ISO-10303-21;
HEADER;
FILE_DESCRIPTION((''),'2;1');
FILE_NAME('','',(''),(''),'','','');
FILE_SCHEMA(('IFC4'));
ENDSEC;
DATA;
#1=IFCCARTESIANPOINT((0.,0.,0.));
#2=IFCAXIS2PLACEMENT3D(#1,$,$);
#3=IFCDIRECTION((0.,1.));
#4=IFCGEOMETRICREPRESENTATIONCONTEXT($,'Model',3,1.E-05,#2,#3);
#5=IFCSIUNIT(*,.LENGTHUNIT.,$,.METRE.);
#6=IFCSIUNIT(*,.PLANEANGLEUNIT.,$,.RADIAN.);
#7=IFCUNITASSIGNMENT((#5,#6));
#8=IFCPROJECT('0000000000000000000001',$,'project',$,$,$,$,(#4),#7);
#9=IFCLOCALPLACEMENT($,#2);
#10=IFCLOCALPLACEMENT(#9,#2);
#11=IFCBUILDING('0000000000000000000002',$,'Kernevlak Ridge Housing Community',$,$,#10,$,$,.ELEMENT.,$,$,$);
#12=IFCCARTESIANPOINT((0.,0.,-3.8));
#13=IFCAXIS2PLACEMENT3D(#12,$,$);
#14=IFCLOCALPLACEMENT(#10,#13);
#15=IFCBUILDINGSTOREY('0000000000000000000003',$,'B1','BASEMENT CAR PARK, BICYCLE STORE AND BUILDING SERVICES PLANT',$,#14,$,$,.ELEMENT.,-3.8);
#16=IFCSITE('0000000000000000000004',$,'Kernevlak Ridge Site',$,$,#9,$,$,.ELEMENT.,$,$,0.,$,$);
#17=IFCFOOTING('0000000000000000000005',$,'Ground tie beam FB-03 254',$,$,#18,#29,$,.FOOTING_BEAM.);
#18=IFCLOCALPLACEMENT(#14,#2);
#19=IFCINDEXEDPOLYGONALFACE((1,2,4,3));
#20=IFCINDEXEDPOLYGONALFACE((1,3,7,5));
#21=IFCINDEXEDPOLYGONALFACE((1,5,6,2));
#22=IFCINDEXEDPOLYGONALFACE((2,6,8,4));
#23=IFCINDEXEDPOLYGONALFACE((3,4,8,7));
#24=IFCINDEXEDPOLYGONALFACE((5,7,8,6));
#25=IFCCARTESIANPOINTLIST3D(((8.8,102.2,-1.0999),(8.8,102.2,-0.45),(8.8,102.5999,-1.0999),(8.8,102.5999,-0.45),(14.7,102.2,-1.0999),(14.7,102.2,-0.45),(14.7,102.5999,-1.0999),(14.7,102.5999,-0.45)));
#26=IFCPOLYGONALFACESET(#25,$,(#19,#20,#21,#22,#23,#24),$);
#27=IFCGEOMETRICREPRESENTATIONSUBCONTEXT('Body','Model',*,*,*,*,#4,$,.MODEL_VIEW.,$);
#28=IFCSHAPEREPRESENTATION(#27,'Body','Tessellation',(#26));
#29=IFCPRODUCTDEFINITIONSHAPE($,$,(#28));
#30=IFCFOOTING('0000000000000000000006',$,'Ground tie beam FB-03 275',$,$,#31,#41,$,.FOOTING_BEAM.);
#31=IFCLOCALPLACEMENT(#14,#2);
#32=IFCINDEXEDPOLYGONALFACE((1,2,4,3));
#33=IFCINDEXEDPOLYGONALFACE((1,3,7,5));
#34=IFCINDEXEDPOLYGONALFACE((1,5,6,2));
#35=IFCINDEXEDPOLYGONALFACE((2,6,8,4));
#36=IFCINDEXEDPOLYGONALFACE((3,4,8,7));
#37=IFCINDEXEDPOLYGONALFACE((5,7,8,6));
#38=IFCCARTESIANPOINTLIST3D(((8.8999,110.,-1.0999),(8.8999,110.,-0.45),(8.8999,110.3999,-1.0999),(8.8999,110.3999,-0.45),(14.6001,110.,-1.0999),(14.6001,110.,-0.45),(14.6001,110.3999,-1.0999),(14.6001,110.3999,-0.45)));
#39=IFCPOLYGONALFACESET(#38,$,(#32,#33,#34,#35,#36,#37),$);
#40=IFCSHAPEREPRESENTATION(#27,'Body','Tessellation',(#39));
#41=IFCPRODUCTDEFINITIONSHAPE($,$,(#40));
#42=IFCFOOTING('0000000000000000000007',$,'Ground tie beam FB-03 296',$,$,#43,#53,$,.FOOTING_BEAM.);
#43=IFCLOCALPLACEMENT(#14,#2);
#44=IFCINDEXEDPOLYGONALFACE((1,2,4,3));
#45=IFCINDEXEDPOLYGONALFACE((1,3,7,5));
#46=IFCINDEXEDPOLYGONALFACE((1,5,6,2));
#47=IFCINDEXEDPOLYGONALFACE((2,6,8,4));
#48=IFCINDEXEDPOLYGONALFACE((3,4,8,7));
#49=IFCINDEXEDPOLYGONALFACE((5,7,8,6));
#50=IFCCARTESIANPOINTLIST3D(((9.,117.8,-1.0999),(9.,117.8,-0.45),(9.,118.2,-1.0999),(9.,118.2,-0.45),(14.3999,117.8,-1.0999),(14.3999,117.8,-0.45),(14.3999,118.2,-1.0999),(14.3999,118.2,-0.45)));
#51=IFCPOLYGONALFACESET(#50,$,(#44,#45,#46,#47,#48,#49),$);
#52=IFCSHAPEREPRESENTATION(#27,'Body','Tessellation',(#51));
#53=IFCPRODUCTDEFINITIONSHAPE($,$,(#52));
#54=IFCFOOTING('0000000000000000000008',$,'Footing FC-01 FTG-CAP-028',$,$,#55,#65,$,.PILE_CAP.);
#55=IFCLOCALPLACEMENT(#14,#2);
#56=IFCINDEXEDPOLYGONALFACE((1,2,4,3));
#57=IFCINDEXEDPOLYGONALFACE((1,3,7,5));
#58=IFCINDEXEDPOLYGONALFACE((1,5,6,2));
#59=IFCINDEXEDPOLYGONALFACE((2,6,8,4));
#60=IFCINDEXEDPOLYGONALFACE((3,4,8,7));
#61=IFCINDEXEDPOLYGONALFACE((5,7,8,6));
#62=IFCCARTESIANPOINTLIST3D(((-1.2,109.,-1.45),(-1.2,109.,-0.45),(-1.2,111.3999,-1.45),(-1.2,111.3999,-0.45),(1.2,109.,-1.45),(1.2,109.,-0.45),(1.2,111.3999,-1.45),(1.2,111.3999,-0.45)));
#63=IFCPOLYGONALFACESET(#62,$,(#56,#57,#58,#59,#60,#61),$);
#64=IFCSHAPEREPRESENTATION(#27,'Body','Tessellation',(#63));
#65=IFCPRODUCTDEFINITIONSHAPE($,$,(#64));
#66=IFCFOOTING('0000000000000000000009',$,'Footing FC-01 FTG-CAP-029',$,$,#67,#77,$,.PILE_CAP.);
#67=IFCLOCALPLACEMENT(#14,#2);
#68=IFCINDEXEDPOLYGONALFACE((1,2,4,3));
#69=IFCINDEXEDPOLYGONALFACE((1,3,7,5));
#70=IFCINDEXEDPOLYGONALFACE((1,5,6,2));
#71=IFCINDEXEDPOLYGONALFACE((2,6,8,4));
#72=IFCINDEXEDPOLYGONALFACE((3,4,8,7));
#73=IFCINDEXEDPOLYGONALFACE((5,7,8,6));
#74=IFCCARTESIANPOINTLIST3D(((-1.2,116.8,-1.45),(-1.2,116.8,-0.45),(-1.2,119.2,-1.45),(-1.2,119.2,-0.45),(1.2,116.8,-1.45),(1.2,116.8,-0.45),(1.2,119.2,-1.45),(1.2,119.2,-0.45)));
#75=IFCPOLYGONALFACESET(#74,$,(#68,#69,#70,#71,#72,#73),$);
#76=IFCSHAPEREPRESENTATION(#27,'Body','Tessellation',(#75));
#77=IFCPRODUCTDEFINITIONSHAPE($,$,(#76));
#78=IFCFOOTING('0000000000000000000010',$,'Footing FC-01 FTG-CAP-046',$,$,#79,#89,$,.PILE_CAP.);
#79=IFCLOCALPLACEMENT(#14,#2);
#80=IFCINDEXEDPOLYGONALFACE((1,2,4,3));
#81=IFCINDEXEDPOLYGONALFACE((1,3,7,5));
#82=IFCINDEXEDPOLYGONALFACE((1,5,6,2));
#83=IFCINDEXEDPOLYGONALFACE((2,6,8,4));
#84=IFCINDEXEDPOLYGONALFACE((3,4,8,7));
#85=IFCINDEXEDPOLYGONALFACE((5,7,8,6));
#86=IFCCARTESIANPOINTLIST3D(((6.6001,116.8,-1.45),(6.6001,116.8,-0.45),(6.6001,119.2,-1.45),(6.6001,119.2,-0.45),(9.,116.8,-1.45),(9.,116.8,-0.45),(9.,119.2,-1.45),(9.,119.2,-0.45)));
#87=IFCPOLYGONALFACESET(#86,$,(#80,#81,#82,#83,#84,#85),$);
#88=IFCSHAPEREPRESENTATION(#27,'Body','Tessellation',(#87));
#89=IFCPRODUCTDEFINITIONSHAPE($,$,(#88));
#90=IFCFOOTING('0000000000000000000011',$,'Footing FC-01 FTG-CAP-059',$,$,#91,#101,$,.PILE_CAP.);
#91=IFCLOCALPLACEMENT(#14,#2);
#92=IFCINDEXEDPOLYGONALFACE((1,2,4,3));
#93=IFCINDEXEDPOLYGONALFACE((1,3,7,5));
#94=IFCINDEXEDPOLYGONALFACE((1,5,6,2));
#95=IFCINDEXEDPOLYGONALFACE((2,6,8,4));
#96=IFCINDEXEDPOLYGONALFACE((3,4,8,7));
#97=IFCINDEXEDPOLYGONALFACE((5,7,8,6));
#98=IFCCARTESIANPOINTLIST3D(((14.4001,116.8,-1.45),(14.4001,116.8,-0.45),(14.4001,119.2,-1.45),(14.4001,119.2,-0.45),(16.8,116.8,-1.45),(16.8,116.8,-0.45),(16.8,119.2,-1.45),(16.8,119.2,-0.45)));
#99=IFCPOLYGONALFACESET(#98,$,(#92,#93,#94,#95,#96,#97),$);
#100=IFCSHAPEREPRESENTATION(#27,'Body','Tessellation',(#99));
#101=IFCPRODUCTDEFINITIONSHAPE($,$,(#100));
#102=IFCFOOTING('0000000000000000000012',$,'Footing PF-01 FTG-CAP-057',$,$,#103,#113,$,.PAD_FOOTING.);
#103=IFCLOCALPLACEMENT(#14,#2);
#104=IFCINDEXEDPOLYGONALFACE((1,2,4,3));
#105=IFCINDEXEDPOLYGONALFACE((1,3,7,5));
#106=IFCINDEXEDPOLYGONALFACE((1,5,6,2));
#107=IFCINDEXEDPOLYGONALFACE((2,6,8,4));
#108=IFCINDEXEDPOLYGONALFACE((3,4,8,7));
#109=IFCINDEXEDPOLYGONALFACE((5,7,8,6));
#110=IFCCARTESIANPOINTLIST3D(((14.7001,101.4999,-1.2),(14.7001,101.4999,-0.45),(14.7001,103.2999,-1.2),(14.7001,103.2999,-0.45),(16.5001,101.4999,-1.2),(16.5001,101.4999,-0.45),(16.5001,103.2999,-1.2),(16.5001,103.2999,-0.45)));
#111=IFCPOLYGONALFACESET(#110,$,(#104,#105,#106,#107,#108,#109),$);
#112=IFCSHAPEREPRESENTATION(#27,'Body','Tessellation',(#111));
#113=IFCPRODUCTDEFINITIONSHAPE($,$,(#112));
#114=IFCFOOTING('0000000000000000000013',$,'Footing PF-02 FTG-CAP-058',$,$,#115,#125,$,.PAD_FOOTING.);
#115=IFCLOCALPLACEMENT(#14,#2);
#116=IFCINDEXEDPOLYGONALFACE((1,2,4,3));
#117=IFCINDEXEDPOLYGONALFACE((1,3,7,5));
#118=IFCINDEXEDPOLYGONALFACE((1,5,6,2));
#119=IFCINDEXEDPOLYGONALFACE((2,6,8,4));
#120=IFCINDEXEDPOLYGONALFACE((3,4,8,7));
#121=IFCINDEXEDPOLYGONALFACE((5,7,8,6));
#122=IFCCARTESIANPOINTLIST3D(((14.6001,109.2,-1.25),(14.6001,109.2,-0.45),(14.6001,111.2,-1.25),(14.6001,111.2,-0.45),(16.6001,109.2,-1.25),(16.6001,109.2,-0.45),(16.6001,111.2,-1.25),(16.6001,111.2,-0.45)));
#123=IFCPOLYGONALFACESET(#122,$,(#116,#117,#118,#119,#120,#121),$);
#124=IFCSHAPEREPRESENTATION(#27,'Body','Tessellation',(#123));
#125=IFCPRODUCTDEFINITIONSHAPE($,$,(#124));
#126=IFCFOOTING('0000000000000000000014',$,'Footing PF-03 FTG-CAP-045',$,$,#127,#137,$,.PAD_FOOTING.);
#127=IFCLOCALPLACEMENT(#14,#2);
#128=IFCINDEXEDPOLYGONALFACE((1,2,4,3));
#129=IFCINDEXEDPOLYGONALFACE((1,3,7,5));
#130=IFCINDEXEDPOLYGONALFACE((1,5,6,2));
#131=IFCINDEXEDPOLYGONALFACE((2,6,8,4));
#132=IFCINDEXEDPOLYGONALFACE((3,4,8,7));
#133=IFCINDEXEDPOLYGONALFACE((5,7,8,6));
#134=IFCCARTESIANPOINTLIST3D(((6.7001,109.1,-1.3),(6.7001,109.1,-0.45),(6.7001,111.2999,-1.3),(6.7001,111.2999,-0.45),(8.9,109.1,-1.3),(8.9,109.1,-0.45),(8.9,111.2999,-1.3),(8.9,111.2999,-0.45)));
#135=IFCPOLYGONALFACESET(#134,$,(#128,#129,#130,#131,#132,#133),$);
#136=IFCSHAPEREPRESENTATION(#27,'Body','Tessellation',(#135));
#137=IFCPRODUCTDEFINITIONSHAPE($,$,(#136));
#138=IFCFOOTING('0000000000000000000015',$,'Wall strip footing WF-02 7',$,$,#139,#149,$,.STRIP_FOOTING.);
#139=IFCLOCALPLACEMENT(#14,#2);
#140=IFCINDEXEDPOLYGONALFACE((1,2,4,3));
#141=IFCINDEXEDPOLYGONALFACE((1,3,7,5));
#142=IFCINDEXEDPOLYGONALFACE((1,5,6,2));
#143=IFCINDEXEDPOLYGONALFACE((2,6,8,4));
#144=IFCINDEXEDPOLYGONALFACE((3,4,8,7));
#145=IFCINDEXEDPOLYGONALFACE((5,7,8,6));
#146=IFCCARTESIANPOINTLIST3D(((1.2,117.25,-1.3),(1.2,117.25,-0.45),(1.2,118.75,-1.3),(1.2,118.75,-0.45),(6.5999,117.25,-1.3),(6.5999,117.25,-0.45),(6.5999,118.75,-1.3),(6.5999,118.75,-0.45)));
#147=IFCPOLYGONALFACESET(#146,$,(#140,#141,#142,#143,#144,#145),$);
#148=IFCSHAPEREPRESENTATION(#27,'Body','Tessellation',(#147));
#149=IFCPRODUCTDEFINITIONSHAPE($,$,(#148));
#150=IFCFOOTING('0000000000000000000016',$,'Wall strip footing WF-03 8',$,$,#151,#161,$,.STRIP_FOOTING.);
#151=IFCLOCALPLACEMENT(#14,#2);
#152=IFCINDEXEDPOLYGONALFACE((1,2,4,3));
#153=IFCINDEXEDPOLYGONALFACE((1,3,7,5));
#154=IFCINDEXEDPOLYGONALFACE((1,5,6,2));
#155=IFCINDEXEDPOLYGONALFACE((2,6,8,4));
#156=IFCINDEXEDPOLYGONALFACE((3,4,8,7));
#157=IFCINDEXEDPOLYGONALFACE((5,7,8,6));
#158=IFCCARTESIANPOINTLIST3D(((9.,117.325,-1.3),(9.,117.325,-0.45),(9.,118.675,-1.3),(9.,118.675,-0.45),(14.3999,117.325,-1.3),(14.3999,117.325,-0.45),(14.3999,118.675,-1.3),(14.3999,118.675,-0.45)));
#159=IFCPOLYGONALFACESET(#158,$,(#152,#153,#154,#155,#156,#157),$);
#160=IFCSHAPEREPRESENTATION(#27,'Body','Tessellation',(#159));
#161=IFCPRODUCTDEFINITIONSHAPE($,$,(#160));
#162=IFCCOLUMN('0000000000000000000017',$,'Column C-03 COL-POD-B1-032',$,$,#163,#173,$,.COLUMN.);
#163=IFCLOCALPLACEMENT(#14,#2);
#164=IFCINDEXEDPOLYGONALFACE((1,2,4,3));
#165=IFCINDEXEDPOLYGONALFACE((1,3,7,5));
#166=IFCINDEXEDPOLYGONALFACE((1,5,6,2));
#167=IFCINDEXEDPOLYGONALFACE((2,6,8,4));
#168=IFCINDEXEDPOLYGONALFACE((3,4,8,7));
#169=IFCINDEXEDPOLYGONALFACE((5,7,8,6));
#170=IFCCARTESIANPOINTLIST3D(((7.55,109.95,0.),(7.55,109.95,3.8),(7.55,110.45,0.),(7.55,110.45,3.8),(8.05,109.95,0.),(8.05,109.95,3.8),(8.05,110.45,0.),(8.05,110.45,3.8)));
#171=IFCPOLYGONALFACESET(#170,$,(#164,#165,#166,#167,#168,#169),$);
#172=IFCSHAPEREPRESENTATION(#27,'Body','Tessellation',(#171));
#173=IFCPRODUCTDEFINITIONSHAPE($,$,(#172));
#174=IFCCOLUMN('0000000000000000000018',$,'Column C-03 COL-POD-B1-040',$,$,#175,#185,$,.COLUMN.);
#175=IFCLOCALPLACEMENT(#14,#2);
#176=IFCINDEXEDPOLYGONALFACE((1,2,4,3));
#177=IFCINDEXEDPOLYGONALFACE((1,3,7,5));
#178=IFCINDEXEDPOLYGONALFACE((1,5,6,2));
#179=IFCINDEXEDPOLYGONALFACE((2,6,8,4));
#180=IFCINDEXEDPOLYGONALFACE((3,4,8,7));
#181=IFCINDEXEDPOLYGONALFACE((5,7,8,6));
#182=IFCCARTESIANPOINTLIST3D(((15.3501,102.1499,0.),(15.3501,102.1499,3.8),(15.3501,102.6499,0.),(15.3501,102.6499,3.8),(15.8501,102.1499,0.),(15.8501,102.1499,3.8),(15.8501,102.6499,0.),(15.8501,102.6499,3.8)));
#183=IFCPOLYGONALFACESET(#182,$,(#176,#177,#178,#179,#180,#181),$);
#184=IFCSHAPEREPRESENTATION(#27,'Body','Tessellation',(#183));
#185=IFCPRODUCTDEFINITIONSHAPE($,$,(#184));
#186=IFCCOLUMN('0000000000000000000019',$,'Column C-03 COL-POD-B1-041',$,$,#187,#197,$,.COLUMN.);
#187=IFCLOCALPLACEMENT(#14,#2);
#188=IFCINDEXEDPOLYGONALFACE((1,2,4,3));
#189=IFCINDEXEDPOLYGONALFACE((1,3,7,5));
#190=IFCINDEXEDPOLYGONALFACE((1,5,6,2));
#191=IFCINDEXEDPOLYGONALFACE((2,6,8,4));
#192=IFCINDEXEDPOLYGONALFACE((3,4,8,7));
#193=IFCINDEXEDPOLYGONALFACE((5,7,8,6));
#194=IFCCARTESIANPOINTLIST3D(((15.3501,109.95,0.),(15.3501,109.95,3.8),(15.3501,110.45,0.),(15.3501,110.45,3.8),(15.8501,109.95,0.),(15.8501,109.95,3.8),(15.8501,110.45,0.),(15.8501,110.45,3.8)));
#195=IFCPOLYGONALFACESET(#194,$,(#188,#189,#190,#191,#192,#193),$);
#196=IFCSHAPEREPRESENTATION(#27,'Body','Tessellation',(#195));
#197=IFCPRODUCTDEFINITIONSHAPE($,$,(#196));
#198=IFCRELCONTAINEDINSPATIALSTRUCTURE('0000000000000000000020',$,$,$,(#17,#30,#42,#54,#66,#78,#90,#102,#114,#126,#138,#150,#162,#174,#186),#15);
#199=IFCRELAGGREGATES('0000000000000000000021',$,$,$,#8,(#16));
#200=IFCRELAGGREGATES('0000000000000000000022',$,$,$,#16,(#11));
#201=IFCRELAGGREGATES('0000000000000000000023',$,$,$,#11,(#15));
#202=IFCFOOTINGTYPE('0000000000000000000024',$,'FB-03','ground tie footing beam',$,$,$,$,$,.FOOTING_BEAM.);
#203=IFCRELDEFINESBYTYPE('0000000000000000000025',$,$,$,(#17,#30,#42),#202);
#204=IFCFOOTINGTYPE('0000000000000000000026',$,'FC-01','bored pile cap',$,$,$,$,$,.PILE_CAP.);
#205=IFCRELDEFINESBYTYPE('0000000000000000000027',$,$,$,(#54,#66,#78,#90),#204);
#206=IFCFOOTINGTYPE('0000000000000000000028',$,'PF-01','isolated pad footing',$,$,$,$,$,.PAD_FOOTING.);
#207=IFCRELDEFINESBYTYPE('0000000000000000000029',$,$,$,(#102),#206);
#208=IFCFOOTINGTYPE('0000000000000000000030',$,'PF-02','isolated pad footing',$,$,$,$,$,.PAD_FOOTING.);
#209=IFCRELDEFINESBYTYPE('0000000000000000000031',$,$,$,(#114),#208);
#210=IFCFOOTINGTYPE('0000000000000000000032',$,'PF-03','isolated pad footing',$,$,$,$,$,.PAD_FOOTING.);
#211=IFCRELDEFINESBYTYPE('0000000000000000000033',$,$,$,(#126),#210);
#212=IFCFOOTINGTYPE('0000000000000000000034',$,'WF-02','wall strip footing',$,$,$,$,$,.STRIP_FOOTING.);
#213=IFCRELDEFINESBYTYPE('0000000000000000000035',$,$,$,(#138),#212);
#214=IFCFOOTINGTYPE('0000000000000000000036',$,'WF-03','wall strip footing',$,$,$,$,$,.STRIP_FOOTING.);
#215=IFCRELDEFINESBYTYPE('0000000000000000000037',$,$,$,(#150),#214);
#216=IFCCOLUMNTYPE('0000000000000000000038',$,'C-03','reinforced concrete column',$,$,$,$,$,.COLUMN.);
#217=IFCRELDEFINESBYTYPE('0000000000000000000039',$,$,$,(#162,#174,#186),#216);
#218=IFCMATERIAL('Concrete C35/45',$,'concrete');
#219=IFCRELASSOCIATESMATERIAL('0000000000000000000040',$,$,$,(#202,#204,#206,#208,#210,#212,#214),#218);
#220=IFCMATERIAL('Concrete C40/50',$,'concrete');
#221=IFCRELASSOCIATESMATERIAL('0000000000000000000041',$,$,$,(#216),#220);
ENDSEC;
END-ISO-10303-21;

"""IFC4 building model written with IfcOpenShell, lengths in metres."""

from ifc_helpers import new_model, si_unit, direction, frame, origin, origin_2d, place, context, subcontext, project, spatial, rectangle, extrude, material, material_profile, profile_set, type_object, element, save


model = new_model("IFC4")

# Units and contexts
model_context = context("Model", 3, precision=1e-05, world=origin(), true_north=direction((0.0, 1.0)))
body_context = subcontext(model_context, "Body", "Model", "MODEL_VIEW")
ifc_project = project(units=[si_unit("LENGTHUNIT", "METRE"), si_unit("PLANEANGLEUNIT", "RADIAN")], contexts=[model_context])

# Site, building, storey
site_placement = place(None, origin())
site = spatial("IfcSite", under=ifc_project, at=site_placement, Name="Kernevlak Ridge Site", CompositionType="ELEMENT", RefElevation=0.0)
building_placement = place(site_placement, origin())
building = spatial("IfcBuilding", under=site, at=building_placement, Name="Kernevlak Ridge Housing Community", CompositionType="ELEMENT")
storey_placement = place(building_placement, frame((0.0, 0.0, -3.8)))
storey = spatial("IfcBuildingStorey", under=building, at=storey_placement, Name="B1", Description="BASEMENT CAR PARK, BICYCLE STORE AND BUILDING SERVICES PLANT", CompositionType="ELEMENT", Elevation=-3.8)

# Shared definitions
ifc_material_1 = material(Name="Concrete C35/45", Category="concrete")

# Footings
ifc_material_profile_1 = material_profile(ifc_material_1, rectangle(XDim=0.3999, YDim=0.6499, at=origin_2d()), Name="RC 400x650")
ifc_profile_set_1 = profile_set([ifc_material_profile_1], Name="Concrete C35/45")
footing_type_1 = type_object("IfcFootingType", Name="FB-03", Description="ground tie footing beam", PredefinedType="FOOTING_BEAM", material=ifc_profile_set_1)
footing_1_placement = place(storey_placement, frame((8.8, 102.3999, -0.7749), z_axis=(1.0, 0.0, 0.0), x_axis=(0.0, 1.0, 0.0)))
element("IfcFooting", 1, at=footing_1_placement, inside=storey, type_object=footing_type_1, Name="Ground tie beam FB-03 254", PredefinedType="FOOTING_BEAM", context=body_context, shape_type="SweptSolid", body=[
    extrude(rectangle(XDim=0.3999, YDim=0.6499, at=origin_2d()), origin(), (0.0, 0.0, 1.0), 5.8999),
])
footing_2_placement = place(storey_placement, frame((8.8999, 110.2, -0.7749), z_axis=(1.0, 0.0, 0.0), x_axis=(0.0, 1.0, 0.0)))
element("IfcFooting", 2, at=footing_2_placement, inside=storey, type_object=footing_type_1, Name="Ground tie beam FB-03 275", PredefinedType="FOOTING_BEAM", context=body_context, shape_type="SweptSolid", body=[
    extrude(rectangle(XDim=0.3999, YDim=0.6499, at=origin_2d()), origin(), (0.0, 0.0, 1.0), 5.7002),
])
footing_3_placement = place(storey_placement, frame((9.0, 118.0, -0.7749), z_axis=(1.0, 0.0, 0.0), x_axis=(0.0, 1.0, 0.0)))
element("IfcFooting", 3, at=footing_3_placement, inside=storey, type_object=footing_type_1, Name="Ground tie beam FB-03 296", PredefinedType="FOOTING_BEAM", context=body_context, shape_type="SweptSolid", body=[
    extrude(rectangle(XDim=0.3999, YDim=0.6499, at=origin_2d()), origin(), (0.0, 0.0, 1.0), 5.3999),
])
footing_type_2 = type_object("IfcFootingType", Name="FC-01", Description="bored pile cap", PredefinedType="PILE_CAP", material=ifc_material_1)
for number, where, z_axis, x_axis, name in (
    (4, (0.0, 110.2, -1.45), (0.0, 0.0, 1.0), (1.0, 0.0, 0.0), "Footing FC-01 FTG-CAP-028"),
    (5, (0.0, 118.0, -1.45), (0.0, 0.0, 1.0), (1.0, 0.0, 0.0), "Footing FC-01 FTG-CAP-029"),
    (6, (7.8, 118.0, -1.45), (0.0, 0.0, 1.0), (1.0, 0.0, 0.0), "Footing FC-01 FTG-CAP-046"),
    (7, (15.6001, 118.0, -1.45), (0.0, 0.0, 1.0), (1.0, 0.0, 0.0), "Footing FC-01 FTG-CAP-059"),
):
    element("IfcFooting", number, at=place(storey_placement, frame(where, z_axis=z_axis, x_axis=x_axis)), inside=storey, type_object=footing_type_2, Name=name, PredefinedType="PILE_CAP", context=body_context, shape_type="SweptSolid", body=[
        extrude(rectangle(XDim=2.3999, YDim=2.3999, at=origin_2d()), origin(), (0.0, 0.0, 1.0), 1.0),
    ])
footing_type_3 = type_object("IfcFootingType", Name="PF-01", Description="isolated pad footing", PredefinedType="PAD_FOOTING", material=ifc_material_1)
footing_4_placement = place(storey_placement, frame((15.6001, 102.3999, -1.2), z_axis=(0.0, 0.0, 1.0), x_axis=(1.0, 0.0, 0.0)))
element("IfcFooting", 8, at=footing_4_placement, inside=storey, type_object=footing_type_3, Name="Footing PF-01 FTG-CAP-057", PredefinedType="PAD_FOOTING", context=body_context, shape_type="SweptSolid", body=[
    extrude(rectangle(XDim=1.8, YDim=1.8, at=origin_2d()), origin(), (0.0, 0.0, 1.0), 0.75),
])
footing_type_4 = type_object("IfcFootingType", Name="PF-02", Description="isolated pad footing", PredefinedType="PAD_FOOTING", material=ifc_material_1)
footing_5_placement = place(storey_placement, frame((15.6001, 110.2, -1.25), z_axis=(0.0, 0.0, 1.0), x_axis=(1.0, 0.0, 0.0)))
element("IfcFooting", 9, at=footing_5_placement, inside=storey, type_object=footing_type_4, Name="Footing PF-02 FTG-CAP-058", PredefinedType="PAD_FOOTING", context=body_context, shape_type="SweptSolid", body=[
    extrude(rectangle(XDim=2.0, YDim=2.0, at=origin_2d()), origin(), (0.0, 0.0, 1.0), 0.8),
])
footing_type_5 = type_object("IfcFootingType", Name="PF-03", Description="isolated pad footing", PredefinedType="PAD_FOOTING", material=ifc_material_1)
footing_6_placement = place(storey_placement, frame((7.8, 110.2, -1.3), z_axis=(0.0, 0.0, 1.0), x_axis=(1.0, 0.0, 0.0)))
element("IfcFooting", 10, at=footing_6_placement, inside=storey, type_object=footing_type_5, Name="Footing PF-03 FTG-CAP-045", PredefinedType="PAD_FOOTING", context=body_context, shape_type="SweptSolid", body=[
    extrude(rectangle(XDim=2.2, YDim=2.2, at=origin_2d()), origin(), (0.0, 0.0, 1.0), 0.8501),
])
footing_type_6 = type_object("IfcFootingType", Name="WF-02", Description="wall strip footing", PredefinedType="STRIP_FOOTING", material=ifc_material_1)
footing_7_placement = place(storey_placement, frame((3.8999, 118.0, -1.3), z_axis=(0.0, 0.0, 1.0), x_axis=(1.0, 0.0, 0.0)))
element("IfcFooting", 11, at=footing_7_placement, inside=storey, type_object=footing_type_6, Name="Wall strip footing WF-02 7", PredefinedType="STRIP_FOOTING", context=body_context, shape_type="SweptSolid", body=[
    extrude(rectangle(XDim=5.3999, YDim=1.5, at=origin_2d()), origin(), (0.0, 0.0, 1.0), 0.8501),
])
footing_type_7 = type_object("IfcFootingType", Name="WF-03", Description="wall strip footing", PredefinedType="STRIP_FOOTING", material=ifc_material_1)
footing_8_placement = place(storey_placement, frame((11.7, 118.0, -1.3), z_axis=(0.0, 0.0, 1.0), x_axis=(1.0, 0.0, 0.0)))
element("IfcFooting", 12, at=footing_8_placement, inside=storey, type_object=footing_type_7, Name="Wall strip footing WF-03 8", PredefinedType="STRIP_FOOTING", context=body_context, shape_type="SweptSolid", body=[
    extrude(rectangle(XDim=5.3999, YDim=1.3501, at=origin_2d()), origin(), (0.0, 0.0, 1.0), 0.8501),
])

# Columns
ifc_material_2 = material(Name="Concrete C40/50", Category="concrete")
ifc_material_profile_2 = material_profile(ifc_material_2, rectangle(XDim=0.5, YDim=0.5, at=origin_2d()), Name="RC 500x500")
ifc_profile_set_2 = profile_set([ifc_material_profile_2], Name="Concrete C40/50")
column_type_1 = type_object("IfcColumnType", Name="C-03", Description="reinforced concrete column", PredefinedType="COLUMN", material=ifc_profile_set_2)
for number, where, z_axis, x_axis, name in (
    (13, (7.8, 110.2, 0.0), (0.0, 0.0, 1.0), (1.0, 0.0, 0.0), "Column C-03 COL-POD-B1-032"),
    (14, (15.6001, 102.3999, 0.0), (0.0, 0.0, 1.0), (1.0, 0.0, 0.0), "Column C-03 COL-POD-B1-040"),
    (15, (15.6001, 110.2, 0.0), (0.0, 0.0, 1.0), (1.0, 0.0, 0.0), "Column C-03 COL-POD-B1-041"),
):
    element("IfcColumn", number, at=place(storey_placement, frame(where, z_axis=z_axis, x_axis=x_axis)), inside=storey, type_object=column_type_1, Name=name, PredefinedType="COLUMN", context=body_context, shape_type="SweptSolid", body=[
        extrude(rectangle(XDim=0.5, YDim=0.5, at=origin_2d()), origin(), (0.0, 0.0, 1.0), 3.8),
    ])

save(model, "model.ifc")
